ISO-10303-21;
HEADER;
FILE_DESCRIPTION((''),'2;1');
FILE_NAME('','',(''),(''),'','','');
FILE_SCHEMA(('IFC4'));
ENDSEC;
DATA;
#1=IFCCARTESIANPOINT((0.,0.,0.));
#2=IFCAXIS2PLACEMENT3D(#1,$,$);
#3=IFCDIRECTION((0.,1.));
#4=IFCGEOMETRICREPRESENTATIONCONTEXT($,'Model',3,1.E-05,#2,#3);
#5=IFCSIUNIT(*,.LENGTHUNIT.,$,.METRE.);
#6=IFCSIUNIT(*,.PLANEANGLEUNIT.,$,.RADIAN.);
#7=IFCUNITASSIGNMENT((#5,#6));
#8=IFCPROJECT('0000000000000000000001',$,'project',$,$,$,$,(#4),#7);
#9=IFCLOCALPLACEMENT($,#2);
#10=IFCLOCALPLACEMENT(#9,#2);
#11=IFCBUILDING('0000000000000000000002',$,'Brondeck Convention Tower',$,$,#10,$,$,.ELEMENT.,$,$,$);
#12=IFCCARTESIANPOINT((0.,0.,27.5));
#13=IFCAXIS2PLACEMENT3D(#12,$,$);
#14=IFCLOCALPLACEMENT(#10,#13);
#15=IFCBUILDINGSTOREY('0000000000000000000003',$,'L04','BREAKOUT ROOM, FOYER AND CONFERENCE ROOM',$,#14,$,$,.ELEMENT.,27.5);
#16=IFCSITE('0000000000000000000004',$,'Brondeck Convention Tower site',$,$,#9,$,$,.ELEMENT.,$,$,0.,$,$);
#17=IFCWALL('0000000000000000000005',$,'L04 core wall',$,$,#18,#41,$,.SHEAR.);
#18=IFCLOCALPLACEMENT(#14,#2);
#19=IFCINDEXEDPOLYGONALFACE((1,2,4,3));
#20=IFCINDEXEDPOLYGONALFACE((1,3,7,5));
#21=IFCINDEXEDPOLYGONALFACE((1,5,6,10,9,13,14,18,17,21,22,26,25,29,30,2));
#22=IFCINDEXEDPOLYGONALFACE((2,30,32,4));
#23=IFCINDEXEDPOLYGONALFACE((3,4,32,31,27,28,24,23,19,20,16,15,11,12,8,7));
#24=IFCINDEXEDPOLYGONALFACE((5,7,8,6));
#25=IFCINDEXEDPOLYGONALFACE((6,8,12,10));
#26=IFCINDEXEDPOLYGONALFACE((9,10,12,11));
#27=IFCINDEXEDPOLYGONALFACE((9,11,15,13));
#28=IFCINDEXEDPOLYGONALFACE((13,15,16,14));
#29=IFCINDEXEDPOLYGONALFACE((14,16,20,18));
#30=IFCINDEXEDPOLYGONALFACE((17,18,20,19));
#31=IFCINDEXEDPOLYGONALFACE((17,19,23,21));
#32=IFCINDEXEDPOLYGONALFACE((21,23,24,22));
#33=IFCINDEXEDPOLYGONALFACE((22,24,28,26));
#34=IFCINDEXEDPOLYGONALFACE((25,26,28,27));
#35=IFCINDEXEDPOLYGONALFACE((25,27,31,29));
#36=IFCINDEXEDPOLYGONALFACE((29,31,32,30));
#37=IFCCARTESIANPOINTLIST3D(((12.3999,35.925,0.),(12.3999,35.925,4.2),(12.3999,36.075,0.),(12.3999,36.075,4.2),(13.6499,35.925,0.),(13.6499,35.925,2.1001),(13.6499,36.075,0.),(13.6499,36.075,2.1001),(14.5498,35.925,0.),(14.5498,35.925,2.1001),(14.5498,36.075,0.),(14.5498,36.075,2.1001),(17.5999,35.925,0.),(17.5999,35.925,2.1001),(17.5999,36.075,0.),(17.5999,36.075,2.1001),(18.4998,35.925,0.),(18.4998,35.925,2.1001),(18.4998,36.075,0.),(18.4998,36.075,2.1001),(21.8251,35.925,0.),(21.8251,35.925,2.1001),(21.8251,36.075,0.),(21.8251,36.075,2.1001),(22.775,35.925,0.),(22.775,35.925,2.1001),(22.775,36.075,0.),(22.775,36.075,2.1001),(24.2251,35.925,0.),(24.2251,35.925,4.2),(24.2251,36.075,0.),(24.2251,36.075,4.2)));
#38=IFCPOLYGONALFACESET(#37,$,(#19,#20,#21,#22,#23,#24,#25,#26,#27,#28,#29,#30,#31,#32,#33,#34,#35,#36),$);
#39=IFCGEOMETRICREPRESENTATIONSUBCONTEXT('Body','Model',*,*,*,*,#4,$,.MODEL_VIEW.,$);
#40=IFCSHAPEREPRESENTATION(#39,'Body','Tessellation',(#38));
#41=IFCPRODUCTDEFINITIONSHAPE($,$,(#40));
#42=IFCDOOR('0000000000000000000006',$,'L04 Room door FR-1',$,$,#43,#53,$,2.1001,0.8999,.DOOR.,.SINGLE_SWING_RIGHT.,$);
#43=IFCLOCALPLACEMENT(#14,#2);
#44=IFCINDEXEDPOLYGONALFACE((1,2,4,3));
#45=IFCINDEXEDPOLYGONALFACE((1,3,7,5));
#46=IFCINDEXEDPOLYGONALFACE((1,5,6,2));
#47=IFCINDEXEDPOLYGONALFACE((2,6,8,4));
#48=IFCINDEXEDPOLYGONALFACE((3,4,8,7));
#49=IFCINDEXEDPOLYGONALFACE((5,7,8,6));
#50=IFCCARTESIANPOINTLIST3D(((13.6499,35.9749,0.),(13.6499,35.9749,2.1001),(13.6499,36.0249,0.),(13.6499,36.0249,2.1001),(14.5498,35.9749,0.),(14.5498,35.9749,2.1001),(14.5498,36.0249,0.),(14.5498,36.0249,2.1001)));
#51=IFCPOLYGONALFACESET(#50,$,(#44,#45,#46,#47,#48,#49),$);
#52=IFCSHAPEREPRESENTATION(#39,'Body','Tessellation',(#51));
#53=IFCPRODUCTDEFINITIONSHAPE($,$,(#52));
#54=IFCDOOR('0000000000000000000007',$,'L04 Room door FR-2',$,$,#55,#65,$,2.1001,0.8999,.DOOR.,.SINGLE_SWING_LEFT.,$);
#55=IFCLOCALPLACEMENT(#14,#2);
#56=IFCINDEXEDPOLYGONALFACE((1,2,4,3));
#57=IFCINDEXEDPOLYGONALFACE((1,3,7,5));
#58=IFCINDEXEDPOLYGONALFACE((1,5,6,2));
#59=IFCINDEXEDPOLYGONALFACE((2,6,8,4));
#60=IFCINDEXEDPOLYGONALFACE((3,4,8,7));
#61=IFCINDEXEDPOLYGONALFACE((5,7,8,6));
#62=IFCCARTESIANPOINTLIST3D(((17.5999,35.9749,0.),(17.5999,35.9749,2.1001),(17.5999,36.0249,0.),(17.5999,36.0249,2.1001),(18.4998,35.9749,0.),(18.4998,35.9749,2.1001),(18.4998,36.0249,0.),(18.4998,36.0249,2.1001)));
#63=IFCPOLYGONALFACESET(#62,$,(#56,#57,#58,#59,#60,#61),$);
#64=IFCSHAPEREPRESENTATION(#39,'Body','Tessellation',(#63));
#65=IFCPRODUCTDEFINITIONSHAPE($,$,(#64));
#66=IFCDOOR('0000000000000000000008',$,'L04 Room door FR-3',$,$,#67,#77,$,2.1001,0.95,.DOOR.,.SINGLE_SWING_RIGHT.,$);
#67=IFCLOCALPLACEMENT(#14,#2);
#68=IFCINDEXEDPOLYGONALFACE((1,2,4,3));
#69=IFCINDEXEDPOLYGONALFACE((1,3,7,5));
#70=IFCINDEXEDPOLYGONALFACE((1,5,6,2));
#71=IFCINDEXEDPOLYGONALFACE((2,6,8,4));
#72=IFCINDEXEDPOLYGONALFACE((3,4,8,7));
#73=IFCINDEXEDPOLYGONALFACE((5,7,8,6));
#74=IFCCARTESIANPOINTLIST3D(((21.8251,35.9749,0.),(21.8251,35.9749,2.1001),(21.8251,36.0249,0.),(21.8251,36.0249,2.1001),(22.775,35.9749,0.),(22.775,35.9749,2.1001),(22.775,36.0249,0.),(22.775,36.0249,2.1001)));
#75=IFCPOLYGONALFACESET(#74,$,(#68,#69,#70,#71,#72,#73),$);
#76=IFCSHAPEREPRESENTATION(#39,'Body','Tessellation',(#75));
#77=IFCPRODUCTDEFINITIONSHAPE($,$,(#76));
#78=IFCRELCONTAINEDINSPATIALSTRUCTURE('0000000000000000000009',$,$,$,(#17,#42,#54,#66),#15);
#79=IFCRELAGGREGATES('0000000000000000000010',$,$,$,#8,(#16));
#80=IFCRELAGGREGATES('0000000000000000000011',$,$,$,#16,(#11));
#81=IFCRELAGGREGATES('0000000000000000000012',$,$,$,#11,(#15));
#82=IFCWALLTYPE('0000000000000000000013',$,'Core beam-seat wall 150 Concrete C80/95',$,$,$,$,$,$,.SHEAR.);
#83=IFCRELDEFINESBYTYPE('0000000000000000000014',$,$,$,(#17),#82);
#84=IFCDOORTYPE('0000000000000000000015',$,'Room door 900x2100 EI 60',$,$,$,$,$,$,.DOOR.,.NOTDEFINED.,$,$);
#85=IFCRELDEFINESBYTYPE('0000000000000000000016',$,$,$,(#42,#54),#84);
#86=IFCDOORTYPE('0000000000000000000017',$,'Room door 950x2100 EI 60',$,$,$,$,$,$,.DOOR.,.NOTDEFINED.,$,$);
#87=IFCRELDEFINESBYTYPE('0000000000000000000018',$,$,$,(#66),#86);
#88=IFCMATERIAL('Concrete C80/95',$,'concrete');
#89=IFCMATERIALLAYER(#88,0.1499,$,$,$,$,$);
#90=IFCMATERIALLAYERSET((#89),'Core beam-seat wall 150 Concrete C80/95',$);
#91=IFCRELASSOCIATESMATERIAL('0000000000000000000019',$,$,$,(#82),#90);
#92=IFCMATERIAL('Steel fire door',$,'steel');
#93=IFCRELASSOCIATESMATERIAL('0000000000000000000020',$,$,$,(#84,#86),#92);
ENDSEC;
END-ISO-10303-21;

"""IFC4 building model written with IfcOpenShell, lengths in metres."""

from ifc_helpers import new_model, si_unit, direction, frame, frame_2d, origin, place, context, subcontext, project, spatial, rectangle, extrude, material, layer, layer_set, type_object, element, fill, save


model = new_model("IFC4")

# Units and contexts
model_context = context("Model", 3, precision=1e-05, world=origin(), true_north=direction((0.0, 1.0)))
body_context = subcontext(model_context, "Body", "Model", "MODEL_VIEW")
ifc_project = project(units=[si_unit("LENGTHUNIT", "METRE"), si_unit("PLANEANGLEUNIT", "RADIAN")], contexts=[model_context])

# Site, building, storey
site_placement = place(None, origin())
site = spatial("IfcSite", under=ifc_project, at=site_placement, Name="Brondeck Convention Tower site", CompositionType="ELEMENT", RefElevation=0.0)
building_placement = place(site_placement, origin())
building = spatial("IfcBuilding", under=site, at=building_placement, Name="Brondeck Convention Tower", CompositionType="ELEMENT")
storey_placement = place(building_placement, frame((0.0, 0.0, 27.5)))
storey = spatial("IfcBuildingStorey", under=building, at=storey_placement, Name="L04", Description="BREAKOUT ROOM, FOYER AND CONFERENCE ROOM", CompositionType="ELEMENT", Elevation=27.5)

# Wall, openings, doors
ifc_material_1 = material(Name="Concrete C80/95", Category="concrete")
ifc_layer_1 = layer(ifc_material_1, 0.1499)
ifc_layer_set_1 = layer_set([ifc_layer_1], Name="Core beam-seat wall 150 Concrete C80/95")
wall_type_1 = type_object("IfcWallType", Name="Core beam-seat wall 150 Concrete C80/95", PredefinedType="SHEAR", material=ifc_layer_set_1)
wall_1_placement = place(storey_placement, frame((12.3999, 36.0, 0.0), z_axis=(0.0, 0.0, 1.0), x_axis=(1.0, 0.0, 0.0)))
wall_1 = element("IfcWall", 1, at=wall_1_placement, inside=storey, type_object=wall_type_1, Name="L04 core wall", PredefinedType="SHEAR", context=body_context, shape_type="SweptSolid", body=[
    extrude(rectangle(XDim=11.8252, YDim=0.1499, at=frame_2d((5.9126, 0.0))), origin(), (0.0, 0.0, 1.0), 4.2),
])
opening_1_placement = place(wall_1_placement, frame((1.25, 0.0, 0.0)))
opening_1 = element("IfcOpeningElement", 2, at=opening_1_placement, cuts=wall_1, PredefinedType="OPENING", context=body_context, shape_type="SweptSolid", body=[
    extrude(rectangle(XDim=0.8999, YDim=2.1001, at=frame_2d((0.45, 1.05))), frame((0.0, 0.085, 0.0), z_axis=(0.0, -1.0, 0.0), x_axis=(1.0, 0.0, 0.0)), (0.0, 0.0, 1.0), 0.1699),
])
opening_2_placement = place(wall_1_placement, frame((5.2, 0.0, 0.0)))
opening_2 = element("IfcOpeningElement", 3, at=opening_2_placement, cuts=wall_1, PredefinedType="OPENING", context=body_context, shape_type="SweptSolid", body=[
    extrude(rectangle(XDim=0.8999, YDim=2.1001, at=frame_2d((0.45, 1.05))), frame((0.0, 0.085, 0.0), z_axis=(0.0, -1.0, 0.0), x_axis=(1.0, 0.0, 0.0)), (0.0, 0.0, 1.0), 0.1699),
])
opening_3_placement = place(wall_1_placement, frame((9.425, 0.0, 0.0)))
opening_3 = element("IfcOpeningElement", 4, at=opening_3_placement, cuts=wall_1, PredefinedType="OPENING", context=body_context, shape_type="SweptSolid", body=[
    extrude(rectangle(XDim=0.95, YDim=2.1001, at=frame_2d((0.4751, 1.05))), frame((0.0, 0.085, 0.0), z_axis=(0.0, -1.0, 0.0), x_axis=(1.0, 0.0, 0.0)), (0.0, 0.0, 1.0), 0.1699),
])
ifc_material_2 = material(Name="Steel fire door", Category="steel")
door_type_1 = type_object("IfcDoorType", Name="Room door 900x2100 EI 60", OperationType="NOTDEFINED", PredefinedType="DOOR", material=ifc_material_2)
door_1_placement = place(opening_1_placement, origin())
door_1 = element("IfcDoor", 5, at=door_1_placement, inside=storey, type_object=door_type_1, Name="L04 Room door FR-1", OperationType="SINGLE_SWING_RIGHT", OverallHeight=2.1001, OverallWidth=0.8999, PredefinedType="DOOR", context=body_context, shape_type="SweptSolid", body=[
    extrude(rectangle(XDim=0.8999, YDim=2.1001, at=frame_2d((0.45, 1.05))), frame((0.0, 0.0249, 0.0), z_axis=(0.0, -1.0, 0.0), x_axis=(1.0, 0.0, 0.0)), (0.0, 0.0, 1.0), 0.05),
])
fill(opening_1, door_1)
door_2_placement = place(opening_2_placement, origin())
door_2 = element("IfcDoor", 6, at=door_2_placement, inside=storey, type_object=door_type_1, Name="L04 Room door FR-2", OperationType="SINGLE_SWING_LEFT", OverallHeight=2.1001, OverallWidth=0.8999, PredefinedType="DOOR", context=body_context, shape_type="SweptSolid", body=[
    extrude(rectangle(XDim=0.8999, YDim=2.1001, at=frame_2d((0.45, 1.05))), frame((0.0, 0.0249, 0.0), z_axis=(0.0, -1.0, 0.0), x_axis=(1.0, 0.0, 0.0)), (0.0, 0.0, 1.0), 0.05),
])
fill(opening_2, door_2)
door_type_2 = type_object("IfcDoorType", Name="Room door 950x2100 EI 60", OperationType="NOTDEFINED", PredefinedType="DOOR", material=ifc_material_2)
door_3_placement = place(opening_3_placement, origin())
door_3 = element("IfcDoor", 7, at=door_3_placement, inside=storey, type_object=door_type_2, Name="L04 Room door FR-3", OperationType="SINGLE_SWING_RIGHT", OverallHeight=2.1001, OverallWidth=0.95, PredefinedType="DOOR", context=body_context, shape_type="SweptSolid", body=[
    extrude(rectangle(XDim=0.95, YDim=2.1001, at=frame_2d((0.4751, 1.05))), frame((0.0, 0.0249, 0.0), z_axis=(0.0, -1.0, 0.0), x_axis=(1.0, 0.0, 0.0)), (0.0, 0.0, 1.0), 0.05),
])
fill(opening_3, door_3)

save(model, "model.ifc")
